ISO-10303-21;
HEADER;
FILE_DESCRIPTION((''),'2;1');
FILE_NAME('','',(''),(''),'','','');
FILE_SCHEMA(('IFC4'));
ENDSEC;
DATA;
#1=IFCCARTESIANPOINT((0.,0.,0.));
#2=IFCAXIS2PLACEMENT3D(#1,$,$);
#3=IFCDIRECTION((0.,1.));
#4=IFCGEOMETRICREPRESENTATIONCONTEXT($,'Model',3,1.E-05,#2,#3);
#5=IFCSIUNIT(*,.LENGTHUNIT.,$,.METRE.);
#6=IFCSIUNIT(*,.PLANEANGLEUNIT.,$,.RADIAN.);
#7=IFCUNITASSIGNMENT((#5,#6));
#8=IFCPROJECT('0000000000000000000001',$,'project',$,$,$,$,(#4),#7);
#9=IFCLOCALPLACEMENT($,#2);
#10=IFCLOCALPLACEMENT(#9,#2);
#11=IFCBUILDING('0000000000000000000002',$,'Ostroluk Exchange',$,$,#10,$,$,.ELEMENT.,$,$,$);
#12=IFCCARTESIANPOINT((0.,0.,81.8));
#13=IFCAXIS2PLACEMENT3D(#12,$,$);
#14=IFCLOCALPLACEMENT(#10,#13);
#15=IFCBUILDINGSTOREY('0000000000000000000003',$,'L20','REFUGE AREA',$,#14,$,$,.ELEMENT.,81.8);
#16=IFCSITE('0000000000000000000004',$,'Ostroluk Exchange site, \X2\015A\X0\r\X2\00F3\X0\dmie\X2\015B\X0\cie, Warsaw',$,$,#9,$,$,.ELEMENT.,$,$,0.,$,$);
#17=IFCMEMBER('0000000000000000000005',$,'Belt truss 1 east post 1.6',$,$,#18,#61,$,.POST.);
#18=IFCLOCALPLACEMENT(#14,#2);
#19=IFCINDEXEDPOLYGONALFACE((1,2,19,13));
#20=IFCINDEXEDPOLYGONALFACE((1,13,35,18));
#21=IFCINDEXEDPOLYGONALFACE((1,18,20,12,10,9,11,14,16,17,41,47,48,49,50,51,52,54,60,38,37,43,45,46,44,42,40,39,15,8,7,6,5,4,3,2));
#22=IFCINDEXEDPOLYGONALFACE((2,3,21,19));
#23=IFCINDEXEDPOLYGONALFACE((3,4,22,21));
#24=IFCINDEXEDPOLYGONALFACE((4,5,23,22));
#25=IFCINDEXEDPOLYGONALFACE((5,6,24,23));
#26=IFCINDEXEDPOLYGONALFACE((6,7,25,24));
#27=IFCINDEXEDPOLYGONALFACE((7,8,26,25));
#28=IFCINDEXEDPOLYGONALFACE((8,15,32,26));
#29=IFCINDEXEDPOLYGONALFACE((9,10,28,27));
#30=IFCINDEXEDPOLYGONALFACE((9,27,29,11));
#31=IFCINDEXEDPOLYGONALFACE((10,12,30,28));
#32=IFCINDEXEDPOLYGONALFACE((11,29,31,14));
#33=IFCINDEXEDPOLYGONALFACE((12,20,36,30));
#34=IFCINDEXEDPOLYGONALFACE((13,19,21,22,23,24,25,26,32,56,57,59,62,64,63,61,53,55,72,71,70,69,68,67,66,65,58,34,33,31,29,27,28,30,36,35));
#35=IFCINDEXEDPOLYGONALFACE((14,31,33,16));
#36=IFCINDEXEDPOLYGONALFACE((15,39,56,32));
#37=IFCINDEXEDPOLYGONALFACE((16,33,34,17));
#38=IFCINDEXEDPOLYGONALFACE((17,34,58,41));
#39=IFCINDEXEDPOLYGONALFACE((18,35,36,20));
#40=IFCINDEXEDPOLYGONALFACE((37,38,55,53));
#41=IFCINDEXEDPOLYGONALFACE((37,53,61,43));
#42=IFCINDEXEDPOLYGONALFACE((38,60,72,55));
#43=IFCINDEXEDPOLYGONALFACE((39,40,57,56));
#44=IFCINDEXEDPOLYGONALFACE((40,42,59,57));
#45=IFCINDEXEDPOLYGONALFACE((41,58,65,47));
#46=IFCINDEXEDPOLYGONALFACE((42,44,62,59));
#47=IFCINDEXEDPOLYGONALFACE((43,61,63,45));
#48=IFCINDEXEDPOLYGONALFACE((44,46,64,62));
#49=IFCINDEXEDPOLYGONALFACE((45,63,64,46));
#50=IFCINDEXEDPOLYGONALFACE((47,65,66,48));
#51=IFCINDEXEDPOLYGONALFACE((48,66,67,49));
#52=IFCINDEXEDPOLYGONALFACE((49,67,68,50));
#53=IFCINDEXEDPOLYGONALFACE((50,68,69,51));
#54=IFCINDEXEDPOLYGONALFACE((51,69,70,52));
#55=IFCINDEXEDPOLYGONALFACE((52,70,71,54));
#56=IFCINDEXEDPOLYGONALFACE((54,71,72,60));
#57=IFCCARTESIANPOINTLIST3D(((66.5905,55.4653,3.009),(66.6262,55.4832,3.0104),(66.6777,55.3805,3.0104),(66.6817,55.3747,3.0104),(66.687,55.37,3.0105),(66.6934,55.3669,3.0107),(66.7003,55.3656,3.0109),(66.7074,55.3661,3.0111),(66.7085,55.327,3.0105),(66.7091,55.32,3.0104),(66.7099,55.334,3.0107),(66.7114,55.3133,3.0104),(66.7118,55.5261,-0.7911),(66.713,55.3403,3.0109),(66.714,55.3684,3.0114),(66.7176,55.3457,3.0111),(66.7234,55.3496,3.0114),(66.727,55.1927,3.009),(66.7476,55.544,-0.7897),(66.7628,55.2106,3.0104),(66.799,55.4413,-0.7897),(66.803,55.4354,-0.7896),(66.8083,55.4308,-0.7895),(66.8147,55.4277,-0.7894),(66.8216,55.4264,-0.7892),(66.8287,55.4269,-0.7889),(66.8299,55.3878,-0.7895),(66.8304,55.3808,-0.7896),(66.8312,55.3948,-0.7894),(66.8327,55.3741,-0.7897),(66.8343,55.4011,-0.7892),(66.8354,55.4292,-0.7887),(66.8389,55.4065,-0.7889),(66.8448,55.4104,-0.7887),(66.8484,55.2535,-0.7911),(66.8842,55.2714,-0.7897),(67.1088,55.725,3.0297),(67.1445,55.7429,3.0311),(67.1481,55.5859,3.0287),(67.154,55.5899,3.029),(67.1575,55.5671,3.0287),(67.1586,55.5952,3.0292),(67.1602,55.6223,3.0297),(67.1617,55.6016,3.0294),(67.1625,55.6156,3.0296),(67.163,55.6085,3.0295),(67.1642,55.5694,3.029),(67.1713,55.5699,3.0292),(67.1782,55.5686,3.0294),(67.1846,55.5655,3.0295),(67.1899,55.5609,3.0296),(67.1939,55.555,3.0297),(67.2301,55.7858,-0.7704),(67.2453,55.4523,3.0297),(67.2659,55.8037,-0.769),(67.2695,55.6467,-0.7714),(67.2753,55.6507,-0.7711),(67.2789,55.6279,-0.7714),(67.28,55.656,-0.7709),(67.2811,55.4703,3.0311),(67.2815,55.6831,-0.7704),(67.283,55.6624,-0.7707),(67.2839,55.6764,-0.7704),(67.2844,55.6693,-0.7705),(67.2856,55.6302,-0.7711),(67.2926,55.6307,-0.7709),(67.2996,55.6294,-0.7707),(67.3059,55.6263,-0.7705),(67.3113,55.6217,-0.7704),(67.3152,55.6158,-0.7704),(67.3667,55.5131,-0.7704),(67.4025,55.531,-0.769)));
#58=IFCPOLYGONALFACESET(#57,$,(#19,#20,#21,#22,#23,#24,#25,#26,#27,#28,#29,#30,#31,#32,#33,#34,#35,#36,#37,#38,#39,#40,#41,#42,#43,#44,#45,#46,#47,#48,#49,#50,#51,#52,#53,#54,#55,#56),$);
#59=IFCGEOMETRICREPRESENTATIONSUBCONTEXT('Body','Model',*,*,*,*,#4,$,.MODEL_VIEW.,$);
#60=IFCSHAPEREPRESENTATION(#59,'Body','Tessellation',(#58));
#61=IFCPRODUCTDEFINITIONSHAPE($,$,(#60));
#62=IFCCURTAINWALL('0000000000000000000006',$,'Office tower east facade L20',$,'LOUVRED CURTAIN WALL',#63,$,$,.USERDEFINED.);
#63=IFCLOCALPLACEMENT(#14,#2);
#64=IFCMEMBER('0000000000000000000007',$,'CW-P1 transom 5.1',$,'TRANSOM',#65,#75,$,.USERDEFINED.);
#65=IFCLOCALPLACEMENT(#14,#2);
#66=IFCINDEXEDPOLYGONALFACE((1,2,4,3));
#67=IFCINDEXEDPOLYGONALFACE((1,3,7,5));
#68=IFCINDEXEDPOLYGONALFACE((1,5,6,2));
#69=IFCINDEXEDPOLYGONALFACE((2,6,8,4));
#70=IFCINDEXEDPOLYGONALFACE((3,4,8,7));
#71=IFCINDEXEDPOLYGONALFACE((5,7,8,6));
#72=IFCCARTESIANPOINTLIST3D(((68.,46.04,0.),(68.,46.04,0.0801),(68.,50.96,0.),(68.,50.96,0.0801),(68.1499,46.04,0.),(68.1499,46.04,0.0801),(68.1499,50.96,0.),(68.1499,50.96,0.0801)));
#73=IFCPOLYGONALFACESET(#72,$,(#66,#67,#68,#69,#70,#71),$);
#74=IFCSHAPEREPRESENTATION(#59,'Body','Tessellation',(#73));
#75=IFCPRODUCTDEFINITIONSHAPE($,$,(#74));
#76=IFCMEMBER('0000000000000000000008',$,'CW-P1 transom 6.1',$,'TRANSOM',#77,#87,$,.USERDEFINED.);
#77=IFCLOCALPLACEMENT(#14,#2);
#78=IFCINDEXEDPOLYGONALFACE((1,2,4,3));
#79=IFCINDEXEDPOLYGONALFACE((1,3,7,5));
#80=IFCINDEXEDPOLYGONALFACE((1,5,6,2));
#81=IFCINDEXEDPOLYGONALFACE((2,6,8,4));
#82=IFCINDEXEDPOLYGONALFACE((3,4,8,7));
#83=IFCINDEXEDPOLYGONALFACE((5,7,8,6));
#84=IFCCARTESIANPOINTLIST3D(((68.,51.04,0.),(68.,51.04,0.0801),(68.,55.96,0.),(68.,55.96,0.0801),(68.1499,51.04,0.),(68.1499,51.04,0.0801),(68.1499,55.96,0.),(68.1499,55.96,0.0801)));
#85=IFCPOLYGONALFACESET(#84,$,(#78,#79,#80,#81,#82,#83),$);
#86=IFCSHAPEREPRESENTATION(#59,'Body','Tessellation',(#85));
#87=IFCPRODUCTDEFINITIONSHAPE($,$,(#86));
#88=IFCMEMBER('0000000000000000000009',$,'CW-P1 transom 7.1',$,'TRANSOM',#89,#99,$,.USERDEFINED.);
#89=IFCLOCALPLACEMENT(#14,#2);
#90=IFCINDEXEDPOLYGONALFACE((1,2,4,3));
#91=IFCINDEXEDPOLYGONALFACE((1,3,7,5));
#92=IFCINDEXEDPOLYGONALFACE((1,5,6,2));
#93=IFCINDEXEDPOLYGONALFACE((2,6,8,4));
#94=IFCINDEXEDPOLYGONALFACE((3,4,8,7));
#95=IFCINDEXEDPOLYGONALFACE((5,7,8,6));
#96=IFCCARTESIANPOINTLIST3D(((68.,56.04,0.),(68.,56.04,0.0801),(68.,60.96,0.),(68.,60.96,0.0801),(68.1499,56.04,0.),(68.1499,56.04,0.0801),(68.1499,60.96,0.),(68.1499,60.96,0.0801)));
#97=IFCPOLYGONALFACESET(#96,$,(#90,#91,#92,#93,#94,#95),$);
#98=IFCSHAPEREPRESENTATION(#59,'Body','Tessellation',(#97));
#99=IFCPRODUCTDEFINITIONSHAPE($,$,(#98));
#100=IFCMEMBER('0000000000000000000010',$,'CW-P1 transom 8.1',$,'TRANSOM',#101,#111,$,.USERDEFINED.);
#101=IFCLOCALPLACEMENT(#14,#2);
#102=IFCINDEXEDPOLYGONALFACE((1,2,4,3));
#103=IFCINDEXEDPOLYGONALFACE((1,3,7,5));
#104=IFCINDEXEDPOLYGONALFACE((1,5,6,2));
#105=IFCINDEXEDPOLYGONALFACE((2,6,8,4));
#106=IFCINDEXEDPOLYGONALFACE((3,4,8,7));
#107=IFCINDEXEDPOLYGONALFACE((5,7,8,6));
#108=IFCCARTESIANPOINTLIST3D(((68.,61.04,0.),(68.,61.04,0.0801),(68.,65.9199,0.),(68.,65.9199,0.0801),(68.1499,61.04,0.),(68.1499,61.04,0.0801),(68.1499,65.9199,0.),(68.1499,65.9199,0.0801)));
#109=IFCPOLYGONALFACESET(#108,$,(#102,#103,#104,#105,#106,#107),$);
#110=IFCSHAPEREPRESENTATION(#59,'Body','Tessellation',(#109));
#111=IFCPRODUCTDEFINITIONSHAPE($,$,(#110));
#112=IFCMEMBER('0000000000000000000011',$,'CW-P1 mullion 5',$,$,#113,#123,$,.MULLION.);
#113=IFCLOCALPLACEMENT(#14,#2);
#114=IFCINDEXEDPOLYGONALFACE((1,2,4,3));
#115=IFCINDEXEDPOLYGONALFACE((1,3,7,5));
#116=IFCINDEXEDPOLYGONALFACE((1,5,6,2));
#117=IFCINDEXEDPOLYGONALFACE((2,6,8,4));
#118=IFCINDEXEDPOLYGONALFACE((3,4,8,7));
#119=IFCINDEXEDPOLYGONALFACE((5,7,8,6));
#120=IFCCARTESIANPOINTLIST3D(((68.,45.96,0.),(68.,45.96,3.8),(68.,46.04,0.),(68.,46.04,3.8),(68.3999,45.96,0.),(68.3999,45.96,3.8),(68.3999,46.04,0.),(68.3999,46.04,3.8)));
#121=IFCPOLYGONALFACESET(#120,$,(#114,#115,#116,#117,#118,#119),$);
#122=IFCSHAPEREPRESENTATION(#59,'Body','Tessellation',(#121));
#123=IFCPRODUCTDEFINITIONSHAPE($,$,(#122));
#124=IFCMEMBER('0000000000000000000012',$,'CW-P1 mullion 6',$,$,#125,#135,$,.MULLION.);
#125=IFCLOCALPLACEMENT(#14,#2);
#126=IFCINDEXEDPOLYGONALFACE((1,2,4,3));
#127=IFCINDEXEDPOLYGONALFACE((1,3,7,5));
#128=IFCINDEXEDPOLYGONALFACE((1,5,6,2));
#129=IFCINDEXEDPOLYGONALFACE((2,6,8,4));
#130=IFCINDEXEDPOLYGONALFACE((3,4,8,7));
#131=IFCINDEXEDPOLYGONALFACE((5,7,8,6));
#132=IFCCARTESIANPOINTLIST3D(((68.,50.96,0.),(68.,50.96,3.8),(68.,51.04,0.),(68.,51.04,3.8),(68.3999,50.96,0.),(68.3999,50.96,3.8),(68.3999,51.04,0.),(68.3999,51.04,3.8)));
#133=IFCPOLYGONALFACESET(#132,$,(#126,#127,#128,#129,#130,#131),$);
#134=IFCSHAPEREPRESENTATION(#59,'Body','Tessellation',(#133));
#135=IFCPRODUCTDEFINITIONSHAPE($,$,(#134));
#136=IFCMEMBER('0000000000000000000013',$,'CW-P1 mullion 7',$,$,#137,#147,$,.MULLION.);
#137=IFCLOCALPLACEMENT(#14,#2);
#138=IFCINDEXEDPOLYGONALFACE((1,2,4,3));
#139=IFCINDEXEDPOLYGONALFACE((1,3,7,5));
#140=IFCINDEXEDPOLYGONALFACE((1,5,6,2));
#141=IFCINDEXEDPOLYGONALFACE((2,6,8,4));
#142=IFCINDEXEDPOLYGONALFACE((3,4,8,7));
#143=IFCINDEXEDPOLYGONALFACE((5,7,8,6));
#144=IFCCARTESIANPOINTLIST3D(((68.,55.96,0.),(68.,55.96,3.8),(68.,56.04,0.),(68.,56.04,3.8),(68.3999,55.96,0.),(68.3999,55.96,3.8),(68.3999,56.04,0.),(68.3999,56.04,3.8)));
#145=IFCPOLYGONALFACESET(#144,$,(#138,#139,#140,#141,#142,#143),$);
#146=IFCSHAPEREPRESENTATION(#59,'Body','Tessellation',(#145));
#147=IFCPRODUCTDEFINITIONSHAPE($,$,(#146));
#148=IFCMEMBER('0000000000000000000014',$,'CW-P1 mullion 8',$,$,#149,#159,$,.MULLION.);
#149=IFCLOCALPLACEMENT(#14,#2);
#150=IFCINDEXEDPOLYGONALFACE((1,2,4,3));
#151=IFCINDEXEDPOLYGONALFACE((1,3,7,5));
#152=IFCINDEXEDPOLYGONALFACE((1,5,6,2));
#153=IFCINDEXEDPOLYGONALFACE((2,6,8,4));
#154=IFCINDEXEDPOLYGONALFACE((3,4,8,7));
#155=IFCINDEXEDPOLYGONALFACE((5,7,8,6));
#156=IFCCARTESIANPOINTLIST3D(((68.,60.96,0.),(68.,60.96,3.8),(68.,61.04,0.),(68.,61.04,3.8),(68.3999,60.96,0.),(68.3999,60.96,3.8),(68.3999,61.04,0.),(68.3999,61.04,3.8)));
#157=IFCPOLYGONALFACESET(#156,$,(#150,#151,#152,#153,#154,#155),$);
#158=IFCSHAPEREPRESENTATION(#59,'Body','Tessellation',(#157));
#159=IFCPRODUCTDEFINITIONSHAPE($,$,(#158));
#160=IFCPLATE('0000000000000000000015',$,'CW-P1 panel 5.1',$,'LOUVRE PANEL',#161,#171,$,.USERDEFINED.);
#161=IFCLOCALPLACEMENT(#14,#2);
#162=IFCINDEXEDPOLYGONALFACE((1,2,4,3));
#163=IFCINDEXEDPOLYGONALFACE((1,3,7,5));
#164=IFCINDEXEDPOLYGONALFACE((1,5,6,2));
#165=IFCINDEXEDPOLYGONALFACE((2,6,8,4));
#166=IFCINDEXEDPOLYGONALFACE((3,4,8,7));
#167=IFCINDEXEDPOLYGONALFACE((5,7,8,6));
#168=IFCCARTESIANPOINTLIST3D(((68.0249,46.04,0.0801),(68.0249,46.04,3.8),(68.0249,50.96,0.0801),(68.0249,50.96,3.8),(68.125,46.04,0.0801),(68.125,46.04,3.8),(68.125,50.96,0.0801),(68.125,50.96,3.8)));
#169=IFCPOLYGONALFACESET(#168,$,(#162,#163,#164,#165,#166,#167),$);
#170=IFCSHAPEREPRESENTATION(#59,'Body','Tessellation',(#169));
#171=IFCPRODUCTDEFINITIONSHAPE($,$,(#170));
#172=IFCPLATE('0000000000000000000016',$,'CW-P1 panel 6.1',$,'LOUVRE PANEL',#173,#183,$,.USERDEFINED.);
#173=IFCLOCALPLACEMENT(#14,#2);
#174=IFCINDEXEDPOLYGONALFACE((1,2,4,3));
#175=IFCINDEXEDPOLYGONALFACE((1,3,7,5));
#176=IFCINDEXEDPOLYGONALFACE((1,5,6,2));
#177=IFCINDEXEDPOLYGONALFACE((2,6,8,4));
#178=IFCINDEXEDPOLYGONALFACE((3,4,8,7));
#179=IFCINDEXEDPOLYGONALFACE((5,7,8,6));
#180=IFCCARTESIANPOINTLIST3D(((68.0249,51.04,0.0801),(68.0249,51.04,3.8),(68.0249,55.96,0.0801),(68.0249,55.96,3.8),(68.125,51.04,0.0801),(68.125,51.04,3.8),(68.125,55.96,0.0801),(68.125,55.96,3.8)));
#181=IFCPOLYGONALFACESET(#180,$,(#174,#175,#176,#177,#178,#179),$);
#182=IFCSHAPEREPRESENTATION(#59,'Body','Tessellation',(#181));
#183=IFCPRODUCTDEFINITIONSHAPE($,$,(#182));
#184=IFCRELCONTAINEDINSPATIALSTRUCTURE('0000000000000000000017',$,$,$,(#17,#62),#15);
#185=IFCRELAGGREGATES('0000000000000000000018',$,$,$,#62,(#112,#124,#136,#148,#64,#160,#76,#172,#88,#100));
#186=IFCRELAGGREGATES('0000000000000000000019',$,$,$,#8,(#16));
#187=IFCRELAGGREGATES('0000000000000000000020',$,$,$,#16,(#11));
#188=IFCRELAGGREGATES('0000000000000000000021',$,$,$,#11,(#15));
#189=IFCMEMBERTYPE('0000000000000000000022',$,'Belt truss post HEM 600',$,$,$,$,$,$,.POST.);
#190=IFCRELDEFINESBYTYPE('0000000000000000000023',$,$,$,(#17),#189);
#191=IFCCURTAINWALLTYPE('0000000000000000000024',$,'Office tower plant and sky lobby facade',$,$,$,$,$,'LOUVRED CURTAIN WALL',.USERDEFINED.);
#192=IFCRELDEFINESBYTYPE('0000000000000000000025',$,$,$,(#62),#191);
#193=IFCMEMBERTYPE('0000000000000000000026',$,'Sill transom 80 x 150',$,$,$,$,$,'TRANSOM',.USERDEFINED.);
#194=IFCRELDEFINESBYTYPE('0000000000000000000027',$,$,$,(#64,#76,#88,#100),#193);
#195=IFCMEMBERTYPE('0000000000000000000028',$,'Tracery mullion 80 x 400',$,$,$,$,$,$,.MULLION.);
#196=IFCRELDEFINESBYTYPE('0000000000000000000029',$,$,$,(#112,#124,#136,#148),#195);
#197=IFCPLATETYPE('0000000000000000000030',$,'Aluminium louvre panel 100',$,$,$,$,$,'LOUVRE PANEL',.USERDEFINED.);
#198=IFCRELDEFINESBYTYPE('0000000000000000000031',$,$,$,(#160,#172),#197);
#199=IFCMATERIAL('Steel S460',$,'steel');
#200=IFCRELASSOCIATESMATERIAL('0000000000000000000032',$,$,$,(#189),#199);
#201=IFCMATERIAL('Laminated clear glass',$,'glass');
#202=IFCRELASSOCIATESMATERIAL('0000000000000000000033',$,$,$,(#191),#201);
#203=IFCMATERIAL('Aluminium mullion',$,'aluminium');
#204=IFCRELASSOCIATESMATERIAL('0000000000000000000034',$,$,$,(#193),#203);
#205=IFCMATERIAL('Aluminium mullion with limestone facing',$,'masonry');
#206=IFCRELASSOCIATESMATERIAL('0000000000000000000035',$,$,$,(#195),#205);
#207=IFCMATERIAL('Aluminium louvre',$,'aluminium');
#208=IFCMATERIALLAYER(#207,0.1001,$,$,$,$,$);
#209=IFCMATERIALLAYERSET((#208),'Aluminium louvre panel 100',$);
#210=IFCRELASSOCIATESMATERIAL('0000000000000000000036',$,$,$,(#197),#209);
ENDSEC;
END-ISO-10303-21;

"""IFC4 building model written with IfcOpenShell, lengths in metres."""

from ifc_helpers import new_model, si_unit, direction, frame, origin, origin_2d, place, context, subcontext, project, spatial, rectangle, i_section, extrude, material, layer, layer_set, material_profile, profile_set, type_object, element, aggregate, save


model = new_model("IFC4")

# Units and contexts
model_context = context("Model", 3, precision=1e-05, world=origin(), true_north=direction((0.0, 1.0)))
body_context = subcontext(model_context, "Body", "Model", "MODEL_VIEW")
ifc_project = project(units=[si_unit("LENGTHUNIT", "METRE"), si_unit("PLANEANGLEUNIT", "RADIAN")], contexts=[model_context])

# Site, building, storey
site_placement = place(None, origin())
site = spatial("IfcSite", under=ifc_project, at=site_placement, Name="Ostroluk Exchange site, Śródmieście, Warsaw", CompositionType="ELEMENT", RefElevation=0.0)
building_placement = place(site_placement, origin())
building = spatial("IfcBuilding", under=site, at=building_placement, Name="Ostroluk Exchange", CompositionType="ELEMENT")
storey_placement = place(building_placement, frame((0.0, 0.0, 81.8)))
storey = spatial("IfcBuildingStorey", under=building, at=storey_placement, Name="L20", Description="REFUGE AREA", CompositionType="ELEMENT", Elevation=81.8)

# Member
ifc_material_1 = material(Name="Steel S460", Category="steel")
ifc_material_profile_1 = material_profile(ifc_material_1, i_section(OverallWidth=0.3049, OverallDepth=0.6201, WebThickness=0.021, FlangeThickness=0.04, FilletRadius=0.0271, at=origin_2d()), Name="HEM 600")
ifc_profile_set_1 = profile_set([ifc_material_profile_1], Name="Steel S460")
member_type_1 = type_object("IfcMemberType", Name="Belt truss post HEM 600", PredefinedType="POST", material=ifc_profile_set_1)
member_1_placement = place(storey_placement, frame((67.0571, 55.5286, -0.78), z_axis=(-0.03191, -0.015987, 0.999363), x_axis=(0.447933, -0.894067, 0.0)))
element("IfcMember", 1, at=member_1_placement, inside=storey, type_object=member_type_1, Name="Belt truss 1 east post 1.6", PredefinedType="POST", context=body_context, shape_type="SweptSolid", body=[
    extrude(i_section(OverallWidth=0.3049, OverallDepth=0.6201, WebThickness=0.021, FlangeThickness=0.04, FilletRadius=0.0271, at=origin_2d()), origin(), (0.0, 0.0, 1.0), 3.8025),
])

# Curtain wall, members, plates
ifc_material_2 = material(Name="Laminated clear glass", Category="glass")
curtain_wall_type = type_object("IfcCurtainWallType", Name="Office tower plant and sky lobby facade", ElementType="LOUVRED CURTAIN WALL", PredefinedType="USERDEFINED", material=ifc_material_2)
curtain_wall_placement = place(storey_placement, origin())
curtain_wall = element("IfcCurtainWall", 2, at=curtain_wall_placement, inside=storey, type_object=curtain_wall_type, Name="Office tower east facade L20", ObjectType="LOUVRED CURTAIN WALL", PredefinedType="USERDEFINED")
ifc_material_3 = material(Name="Aluminium mullion", Category="aluminium")
ifc_material_profile_2 = material_profile(ifc_material_3, rectangle(XDim=0.1499, YDim=0.0801, at=origin_2d()), Name="Sill transom 80 x 150")
ifc_profile_set_2 = profile_set([ifc_material_profile_2], Name="Aluminium mullion")
member_type_2 = type_object("IfcMemberType", Name="Sill transom 80 x 150", ElementType="TRANSOM", PredefinedType="USERDEFINED", material=ifc_profile_set_2)
member_2_placement = place(storey_placement, frame((68.075, 46.04, 0.04), z_axis=(0.0, 1.0, 0.0), x_axis=(-1.0, 0.0, 0.0)))
member_2 = element("IfcMember", 3, at=member_2_placement, type_object=member_type_2, Name="CW-P1 transom 5.1", ObjectType="TRANSOM", PredefinedType="USERDEFINED", context=body_context, shape_type="SweptSolid", body=[
    extrude(rectangle(XDim=0.1499, YDim=0.0801, at=origin_2d()), origin(), (0.0, 0.0, 1.0), 4.9199),
])
member_3_placement = place(storey_placement, frame((68.075, 51.04, 0.04), z_axis=(0.0, 1.0, 0.0), x_axis=(-1.0, 0.0, 0.0)))
member_3 = element("IfcMember", 4, at=member_3_placement, type_object=member_type_2, Name="CW-P1 transom 6.1", ObjectType="TRANSOM", PredefinedType="USERDEFINED", context=body_context, shape_type="SweptSolid", body=[
    extrude(rectangle(XDim=0.1499, YDim=0.0801, at=origin_2d()), origin(), (0.0, 0.0, 1.0), 4.9199),
])
member_4_placement = place(storey_placement, frame((68.075, 56.04, 0.04), z_axis=(0.0, 1.0, 0.0), x_axis=(-1.0, 0.0, 0.0)))
member_4 = element("IfcMember", 5, at=member_4_placement, type_object=member_type_2, Name="CW-P1 transom 7.1", ObjectType="TRANSOM", PredefinedType="USERDEFINED", context=body_context, shape_type="SweptSolid", body=[
    extrude(rectangle(XDim=0.1499, YDim=0.0801, at=origin_2d()), origin(), (0.0, 0.0, 1.0), 4.9199),
])
member_5_placement = place(storey_placement, frame((68.075, 61.04, 0.04), z_axis=(0.0, 1.0, 0.0), x_axis=(-1.0, 0.0, 0.0)))
member_5 = element("IfcMember", 6, at=member_5_placement, type_object=member_type_2, Name="CW-P1 transom 8.1", ObjectType="TRANSOM", PredefinedType="USERDEFINED", context=body_context, shape_type="SweptSolid", body=[
    extrude(rectangle(XDim=0.1499, YDim=0.0801, at=origin_2d()), origin(), (0.0, 0.0, 1.0), 4.8799),
])
ifc_material_4 = material(Name="Aluminium mullion with limestone facing", Category="masonry")
ifc_material_profile_3 = material_profile(ifc_material_4, rectangle(XDim=0.3999, YDim=0.0801, at=origin_2d()), Name="Tracery mullion 80 x 400")
ifc_profile_set_3 = profile_set([ifc_material_profile_3], Name="Aluminium mullion with limestone facing")
member_type_3 = type_object("IfcMemberType", Name="Tracery mullion 80 x 400", PredefinedType="MULLION", material=ifc_profile_set_3)
member_6_placement = place(storey_placement, frame((68.2, 46.0, 0.0), z_axis=(0.0, 0.0, 1.0), x_axis=(-1.0, 0.0, 0.0)))
member_6 = element("IfcMember", 7, at=member_6_placement, type_object=member_type_3, Name="CW-P1 mullion 5", PredefinedType="MULLION", context=body_context, shape_type="SweptSolid", body=[
    extrude(rectangle(XDim=0.3999, YDim=0.0801, at=origin_2d()), origin(), (0.0, 0.0, 1.0), 3.8),
])
member_7_placement = place(storey_placement, frame((68.2, 51.0, 0.0), z_axis=(0.0, 0.0, 1.0), x_axis=(-1.0, 0.0, 0.0)))
member_7 = element("IfcMember", 8, at=member_7_placement, type_object=member_type_3, Name="CW-P1 mullion 6", PredefinedType="MULLION", context=body_context, shape_type="SweptSolid", body=[
    extrude(rectangle(XDim=0.3999, YDim=0.0801, at=origin_2d()), origin(), (0.0, 0.0, 1.0), 3.8),
])
member_8_placement = place(storey_placement, frame((68.2, 56.0, 0.0), z_axis=(0.0, 0.0, 1.0), x_axis=(-1.0, 0.0, 0.0)))
member_8 = element("IfcMember", 9, at=member_8_placement, type_object=member_type_3, Name="CW-P1 mullion 7", PredefinedType="MULLION", context=body_context, shape_type="SweptSolid", body=[
    extrude(rectangle(XDim=0.3999, YDim=0.0801, at=origin_2d()), origin(), (0.0, 0.0, 1.0), 3.8),
])
member_9_placement = place(storey_placement, frame((68.2, 61.0, 0.0), z_axis=(0.0, 0.0, 1.0), x_axis=(-1.0, 0.0, 0.0)))
member_9 = element("IfcMember", 10, at=member_9_placement, type_object=member_type_3, Name="CW-P1 mullion 8", PredefinedType="MULLION", context=body_context, shape_type="SweptSolid", body=[
    extrude(rectangle(XDim=0.3999, YDim=0.0801, at=origin_2d()), origin(), (0.0, 0.0, 1.0), 3.8),
])
ifc_material_5 = material(Name="Aluminium louvre", Category="aluminium")
ifc_layer_1 = layer(ifc_material_5, 0.1001)
ifc_layer_set_1 = layer_set([ifc_layer_1], Name="Aluminium louvre panel 100")
plate_type = type_object("IfcPlateType", Name="Aluminium louvre panel 100", ElementType="LOUVRE PANEL", PredefinedType="USERDEFINED", material=ifc_layer_set_1)
plate_1_placement = place(storey_placement, frame((68.075, 48.5, 0.0801), z_axis=(0.0, 0.0, 1.0), x_axis=(0.0, 1.0, 0.0)))
plate_1 = element("IfcPlate", 11, at=plate_1_placement, type_object=plate_type, Name="CW-P1 panel 5.1", ObjectType="LOUVRE PANEL", PredefinedType="USERDEFINED", context=body_context, shape_type="SweptSolid", body=[
    extrude(rectangle(XDim=4.9199, YDim=0.1001, at=origin_2d()), origin(), (0.0, 0.0, 1.0), 3.72),
])
plate_2_placement = place(storey_placement, frame((68.075, 53.5, 0.0801), z_axis=(0.0, 0.0, 1.0), x_axis=(0.0, 1.0, 0.0)))
plate_2 = element("IfcPlate", 12, at=plate_2_placement, type_object=plate_type, Name="CW-P1 panel 6.1", ObjectType="LOUVRE PANEL", PredefinedType="USERDEFINED", context=body_context, shape_type="SweptSolid", body=[
    extrude(rectangle(XDim=4.9199, YDim=0.1001, at=origin_2d()), origin(), (0.0, 0.0, 1.0), 3.72),
])
aggregate(curtain_wall, [member_6, member_7, member_8, member_9, member_2, plate_1, member_3, plate_2, member_4, member_5])

save(model, "model.ifc")
